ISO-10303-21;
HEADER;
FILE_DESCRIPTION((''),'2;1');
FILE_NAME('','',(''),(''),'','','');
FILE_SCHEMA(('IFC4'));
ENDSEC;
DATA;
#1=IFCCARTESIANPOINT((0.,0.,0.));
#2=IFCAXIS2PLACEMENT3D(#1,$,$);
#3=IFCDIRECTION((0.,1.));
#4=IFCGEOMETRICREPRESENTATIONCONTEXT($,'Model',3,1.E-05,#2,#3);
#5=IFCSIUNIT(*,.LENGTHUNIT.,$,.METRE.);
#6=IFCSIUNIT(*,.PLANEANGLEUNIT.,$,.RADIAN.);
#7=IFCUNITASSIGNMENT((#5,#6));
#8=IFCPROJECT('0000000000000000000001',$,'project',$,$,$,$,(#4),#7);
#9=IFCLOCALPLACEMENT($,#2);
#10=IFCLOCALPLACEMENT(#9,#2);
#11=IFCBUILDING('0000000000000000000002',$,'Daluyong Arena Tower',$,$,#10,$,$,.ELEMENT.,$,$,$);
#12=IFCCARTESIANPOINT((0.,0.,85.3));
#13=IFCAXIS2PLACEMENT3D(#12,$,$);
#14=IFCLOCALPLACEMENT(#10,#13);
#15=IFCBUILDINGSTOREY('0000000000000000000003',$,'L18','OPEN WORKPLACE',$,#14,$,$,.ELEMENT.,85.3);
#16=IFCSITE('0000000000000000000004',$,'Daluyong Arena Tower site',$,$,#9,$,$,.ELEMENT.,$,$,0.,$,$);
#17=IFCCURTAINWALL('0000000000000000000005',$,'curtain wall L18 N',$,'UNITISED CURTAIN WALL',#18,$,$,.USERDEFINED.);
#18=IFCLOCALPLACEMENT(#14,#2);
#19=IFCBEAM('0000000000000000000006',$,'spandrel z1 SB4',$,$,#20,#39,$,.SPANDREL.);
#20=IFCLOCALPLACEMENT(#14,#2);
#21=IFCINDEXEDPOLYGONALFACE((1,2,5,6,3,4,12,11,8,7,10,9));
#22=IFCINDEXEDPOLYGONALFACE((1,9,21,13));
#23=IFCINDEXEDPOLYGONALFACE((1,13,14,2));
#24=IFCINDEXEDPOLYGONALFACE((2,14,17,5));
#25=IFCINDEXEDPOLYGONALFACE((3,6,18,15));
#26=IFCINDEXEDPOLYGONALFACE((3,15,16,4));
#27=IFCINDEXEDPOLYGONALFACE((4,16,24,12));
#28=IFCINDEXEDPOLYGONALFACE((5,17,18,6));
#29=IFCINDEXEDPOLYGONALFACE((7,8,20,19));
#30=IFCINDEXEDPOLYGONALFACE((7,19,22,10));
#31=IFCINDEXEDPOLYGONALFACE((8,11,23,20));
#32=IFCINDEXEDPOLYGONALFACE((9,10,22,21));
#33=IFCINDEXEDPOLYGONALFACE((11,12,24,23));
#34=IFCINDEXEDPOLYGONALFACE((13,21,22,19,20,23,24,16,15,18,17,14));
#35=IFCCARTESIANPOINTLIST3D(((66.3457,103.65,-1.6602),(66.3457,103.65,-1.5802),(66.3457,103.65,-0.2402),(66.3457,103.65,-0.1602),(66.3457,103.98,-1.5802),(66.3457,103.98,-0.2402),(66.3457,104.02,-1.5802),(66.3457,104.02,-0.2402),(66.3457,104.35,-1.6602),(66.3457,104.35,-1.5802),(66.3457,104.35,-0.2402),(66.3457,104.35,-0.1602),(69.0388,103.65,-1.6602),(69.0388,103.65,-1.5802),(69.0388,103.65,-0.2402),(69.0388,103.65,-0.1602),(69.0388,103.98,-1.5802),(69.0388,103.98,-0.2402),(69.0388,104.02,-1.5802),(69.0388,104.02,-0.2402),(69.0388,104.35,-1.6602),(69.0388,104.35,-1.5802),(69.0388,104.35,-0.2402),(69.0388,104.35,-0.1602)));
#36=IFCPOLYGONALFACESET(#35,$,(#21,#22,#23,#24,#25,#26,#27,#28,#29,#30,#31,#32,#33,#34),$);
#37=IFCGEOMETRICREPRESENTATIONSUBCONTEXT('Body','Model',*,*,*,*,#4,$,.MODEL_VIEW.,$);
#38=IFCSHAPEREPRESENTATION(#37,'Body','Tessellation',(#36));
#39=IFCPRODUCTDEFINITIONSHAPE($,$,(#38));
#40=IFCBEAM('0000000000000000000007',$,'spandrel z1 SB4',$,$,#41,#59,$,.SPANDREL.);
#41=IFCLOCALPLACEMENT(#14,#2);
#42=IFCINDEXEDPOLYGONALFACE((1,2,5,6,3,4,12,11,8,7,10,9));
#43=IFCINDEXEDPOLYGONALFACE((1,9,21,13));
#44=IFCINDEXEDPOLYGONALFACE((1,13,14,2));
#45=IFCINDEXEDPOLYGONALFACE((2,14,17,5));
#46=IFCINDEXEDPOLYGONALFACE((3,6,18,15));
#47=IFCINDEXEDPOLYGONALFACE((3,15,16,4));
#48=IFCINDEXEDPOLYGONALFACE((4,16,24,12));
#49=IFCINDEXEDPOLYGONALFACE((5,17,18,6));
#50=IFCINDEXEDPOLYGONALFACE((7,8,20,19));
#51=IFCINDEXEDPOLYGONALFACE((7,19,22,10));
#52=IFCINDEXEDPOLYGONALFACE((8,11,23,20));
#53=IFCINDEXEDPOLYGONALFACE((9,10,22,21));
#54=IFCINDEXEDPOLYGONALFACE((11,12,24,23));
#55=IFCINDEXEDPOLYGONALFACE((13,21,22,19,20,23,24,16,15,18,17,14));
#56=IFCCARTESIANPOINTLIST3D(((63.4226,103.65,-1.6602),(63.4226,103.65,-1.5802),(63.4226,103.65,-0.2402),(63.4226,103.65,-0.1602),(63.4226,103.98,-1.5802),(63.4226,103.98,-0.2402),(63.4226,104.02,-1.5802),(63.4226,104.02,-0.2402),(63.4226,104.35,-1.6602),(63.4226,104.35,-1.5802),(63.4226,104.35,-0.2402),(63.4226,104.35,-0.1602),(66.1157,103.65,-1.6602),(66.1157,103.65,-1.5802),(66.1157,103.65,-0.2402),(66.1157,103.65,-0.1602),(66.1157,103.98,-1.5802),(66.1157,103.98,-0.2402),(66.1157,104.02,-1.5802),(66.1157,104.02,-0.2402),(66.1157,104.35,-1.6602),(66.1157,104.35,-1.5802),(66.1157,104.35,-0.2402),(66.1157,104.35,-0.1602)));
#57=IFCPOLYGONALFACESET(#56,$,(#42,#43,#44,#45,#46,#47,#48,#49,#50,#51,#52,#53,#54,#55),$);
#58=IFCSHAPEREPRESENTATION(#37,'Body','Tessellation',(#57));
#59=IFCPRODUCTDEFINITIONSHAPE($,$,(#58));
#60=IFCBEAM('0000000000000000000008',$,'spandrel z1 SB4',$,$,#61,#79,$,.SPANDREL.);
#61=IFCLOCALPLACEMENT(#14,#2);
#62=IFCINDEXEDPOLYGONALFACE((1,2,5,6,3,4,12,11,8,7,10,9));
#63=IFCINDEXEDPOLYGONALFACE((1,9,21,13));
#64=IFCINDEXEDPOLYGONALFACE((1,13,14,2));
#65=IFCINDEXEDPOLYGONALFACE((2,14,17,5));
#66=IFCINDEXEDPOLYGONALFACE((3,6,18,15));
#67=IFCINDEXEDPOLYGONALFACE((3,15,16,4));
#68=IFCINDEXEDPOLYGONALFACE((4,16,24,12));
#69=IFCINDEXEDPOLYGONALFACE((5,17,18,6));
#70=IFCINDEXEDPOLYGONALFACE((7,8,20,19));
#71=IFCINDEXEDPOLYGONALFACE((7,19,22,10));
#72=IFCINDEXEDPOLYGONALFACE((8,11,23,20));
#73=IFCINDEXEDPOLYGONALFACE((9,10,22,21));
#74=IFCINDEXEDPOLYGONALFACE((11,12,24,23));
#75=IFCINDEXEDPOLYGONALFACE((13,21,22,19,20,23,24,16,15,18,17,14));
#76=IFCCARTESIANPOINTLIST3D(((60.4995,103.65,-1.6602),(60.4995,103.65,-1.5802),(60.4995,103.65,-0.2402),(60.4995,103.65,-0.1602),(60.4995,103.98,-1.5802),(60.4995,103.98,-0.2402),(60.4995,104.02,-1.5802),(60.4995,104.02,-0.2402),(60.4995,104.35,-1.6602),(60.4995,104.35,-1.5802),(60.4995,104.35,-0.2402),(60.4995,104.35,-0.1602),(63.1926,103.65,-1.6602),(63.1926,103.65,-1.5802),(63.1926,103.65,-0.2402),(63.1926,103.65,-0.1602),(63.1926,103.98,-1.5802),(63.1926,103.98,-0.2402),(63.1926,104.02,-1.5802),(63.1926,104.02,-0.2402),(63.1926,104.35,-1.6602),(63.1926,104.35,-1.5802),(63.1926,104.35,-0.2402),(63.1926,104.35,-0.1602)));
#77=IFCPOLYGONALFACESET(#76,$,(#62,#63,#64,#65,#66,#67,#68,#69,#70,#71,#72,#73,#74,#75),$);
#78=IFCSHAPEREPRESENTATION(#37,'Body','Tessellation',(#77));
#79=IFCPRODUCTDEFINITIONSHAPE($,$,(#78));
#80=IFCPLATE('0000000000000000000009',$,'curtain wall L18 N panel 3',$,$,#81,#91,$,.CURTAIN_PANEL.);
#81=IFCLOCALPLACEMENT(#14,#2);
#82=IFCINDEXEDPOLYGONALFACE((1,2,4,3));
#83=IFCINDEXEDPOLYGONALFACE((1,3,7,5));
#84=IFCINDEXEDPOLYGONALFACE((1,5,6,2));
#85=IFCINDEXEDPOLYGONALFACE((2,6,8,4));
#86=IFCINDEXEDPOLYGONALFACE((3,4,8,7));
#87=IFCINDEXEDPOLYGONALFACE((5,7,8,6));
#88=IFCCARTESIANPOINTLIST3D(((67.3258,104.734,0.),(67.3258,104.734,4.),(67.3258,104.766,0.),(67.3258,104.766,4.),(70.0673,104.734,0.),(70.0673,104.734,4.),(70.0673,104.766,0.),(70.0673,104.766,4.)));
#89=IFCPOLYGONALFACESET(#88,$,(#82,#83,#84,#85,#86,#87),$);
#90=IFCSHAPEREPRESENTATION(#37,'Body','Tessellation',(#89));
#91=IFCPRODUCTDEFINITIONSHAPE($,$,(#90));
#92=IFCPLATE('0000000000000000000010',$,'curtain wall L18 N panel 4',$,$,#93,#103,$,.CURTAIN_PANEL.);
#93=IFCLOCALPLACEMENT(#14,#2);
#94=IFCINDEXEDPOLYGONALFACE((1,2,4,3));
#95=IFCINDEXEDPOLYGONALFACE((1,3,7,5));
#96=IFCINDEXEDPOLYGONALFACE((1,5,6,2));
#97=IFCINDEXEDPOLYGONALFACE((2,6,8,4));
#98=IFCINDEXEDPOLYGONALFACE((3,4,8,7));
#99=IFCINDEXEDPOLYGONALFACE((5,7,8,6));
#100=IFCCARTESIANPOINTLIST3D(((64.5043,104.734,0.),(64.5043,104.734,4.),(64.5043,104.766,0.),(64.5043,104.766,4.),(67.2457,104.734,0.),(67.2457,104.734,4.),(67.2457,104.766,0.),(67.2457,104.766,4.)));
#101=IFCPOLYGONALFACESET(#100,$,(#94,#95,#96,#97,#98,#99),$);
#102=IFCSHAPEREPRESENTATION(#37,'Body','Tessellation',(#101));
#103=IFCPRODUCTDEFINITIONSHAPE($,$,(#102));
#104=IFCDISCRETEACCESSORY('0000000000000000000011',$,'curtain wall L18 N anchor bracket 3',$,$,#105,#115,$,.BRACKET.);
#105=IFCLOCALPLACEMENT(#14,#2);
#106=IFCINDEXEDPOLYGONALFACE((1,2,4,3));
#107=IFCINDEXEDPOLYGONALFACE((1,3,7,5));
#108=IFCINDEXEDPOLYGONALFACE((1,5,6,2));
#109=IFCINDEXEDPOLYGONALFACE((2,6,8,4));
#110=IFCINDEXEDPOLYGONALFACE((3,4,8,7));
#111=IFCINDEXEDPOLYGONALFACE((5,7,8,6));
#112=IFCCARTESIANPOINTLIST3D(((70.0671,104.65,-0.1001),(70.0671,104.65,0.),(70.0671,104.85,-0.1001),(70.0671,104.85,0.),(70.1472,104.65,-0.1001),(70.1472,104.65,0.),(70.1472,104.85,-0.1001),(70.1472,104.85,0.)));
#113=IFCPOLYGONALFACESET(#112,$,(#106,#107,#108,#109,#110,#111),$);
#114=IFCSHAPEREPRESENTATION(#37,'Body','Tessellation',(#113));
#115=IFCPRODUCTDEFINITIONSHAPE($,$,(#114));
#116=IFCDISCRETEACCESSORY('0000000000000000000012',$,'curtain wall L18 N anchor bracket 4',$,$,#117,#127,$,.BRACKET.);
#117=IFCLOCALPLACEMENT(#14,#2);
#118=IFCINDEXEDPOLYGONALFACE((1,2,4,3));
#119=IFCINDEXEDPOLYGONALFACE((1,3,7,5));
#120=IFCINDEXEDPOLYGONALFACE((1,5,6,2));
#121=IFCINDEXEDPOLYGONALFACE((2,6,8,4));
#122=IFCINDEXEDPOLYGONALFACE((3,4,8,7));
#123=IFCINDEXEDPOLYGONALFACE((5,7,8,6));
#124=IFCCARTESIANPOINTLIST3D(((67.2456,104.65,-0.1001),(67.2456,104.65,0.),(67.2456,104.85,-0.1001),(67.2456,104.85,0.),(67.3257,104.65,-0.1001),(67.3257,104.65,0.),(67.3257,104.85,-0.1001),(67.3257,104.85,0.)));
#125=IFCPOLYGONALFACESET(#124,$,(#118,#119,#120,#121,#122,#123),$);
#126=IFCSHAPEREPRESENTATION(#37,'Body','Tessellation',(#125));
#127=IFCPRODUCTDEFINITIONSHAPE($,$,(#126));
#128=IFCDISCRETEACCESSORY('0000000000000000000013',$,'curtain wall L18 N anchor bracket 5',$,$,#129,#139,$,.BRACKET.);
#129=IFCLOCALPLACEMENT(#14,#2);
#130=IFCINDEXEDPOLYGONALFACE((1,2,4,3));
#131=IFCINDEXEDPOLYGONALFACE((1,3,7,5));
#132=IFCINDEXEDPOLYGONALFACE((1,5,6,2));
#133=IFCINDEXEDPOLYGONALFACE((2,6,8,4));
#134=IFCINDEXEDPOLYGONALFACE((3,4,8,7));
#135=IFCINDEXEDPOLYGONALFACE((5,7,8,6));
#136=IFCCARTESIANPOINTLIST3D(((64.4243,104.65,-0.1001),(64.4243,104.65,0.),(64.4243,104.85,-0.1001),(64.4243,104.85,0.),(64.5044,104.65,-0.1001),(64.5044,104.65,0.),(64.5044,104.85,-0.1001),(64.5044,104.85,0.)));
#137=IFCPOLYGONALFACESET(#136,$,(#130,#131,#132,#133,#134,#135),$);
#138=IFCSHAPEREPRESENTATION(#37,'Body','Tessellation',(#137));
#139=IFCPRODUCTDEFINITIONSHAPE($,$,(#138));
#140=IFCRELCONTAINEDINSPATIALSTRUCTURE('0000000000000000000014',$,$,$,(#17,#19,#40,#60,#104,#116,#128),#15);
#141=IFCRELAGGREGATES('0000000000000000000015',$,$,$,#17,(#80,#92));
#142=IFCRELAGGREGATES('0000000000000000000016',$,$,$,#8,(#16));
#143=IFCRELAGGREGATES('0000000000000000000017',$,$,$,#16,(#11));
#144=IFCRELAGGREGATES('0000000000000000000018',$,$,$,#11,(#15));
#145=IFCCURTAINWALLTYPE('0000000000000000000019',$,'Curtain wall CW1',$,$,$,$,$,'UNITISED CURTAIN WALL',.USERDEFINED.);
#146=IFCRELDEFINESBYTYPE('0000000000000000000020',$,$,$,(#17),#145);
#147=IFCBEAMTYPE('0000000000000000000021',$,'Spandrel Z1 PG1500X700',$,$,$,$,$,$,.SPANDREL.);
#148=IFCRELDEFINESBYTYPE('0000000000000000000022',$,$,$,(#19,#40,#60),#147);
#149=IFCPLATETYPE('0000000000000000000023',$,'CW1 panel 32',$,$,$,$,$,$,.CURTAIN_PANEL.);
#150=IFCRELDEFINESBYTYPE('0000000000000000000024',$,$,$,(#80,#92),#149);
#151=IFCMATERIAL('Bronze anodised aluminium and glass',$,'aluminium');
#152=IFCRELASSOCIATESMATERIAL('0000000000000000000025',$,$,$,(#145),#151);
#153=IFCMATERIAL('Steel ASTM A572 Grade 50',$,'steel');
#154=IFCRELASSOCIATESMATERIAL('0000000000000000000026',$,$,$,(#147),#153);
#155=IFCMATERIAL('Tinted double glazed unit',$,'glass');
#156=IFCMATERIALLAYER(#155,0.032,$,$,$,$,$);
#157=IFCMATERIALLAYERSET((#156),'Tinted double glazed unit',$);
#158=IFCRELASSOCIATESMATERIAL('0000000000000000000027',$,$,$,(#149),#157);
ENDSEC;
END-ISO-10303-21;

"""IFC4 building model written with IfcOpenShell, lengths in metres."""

from ifc_helpers import new_model, si_unit, direction, frame, origin, origin_2d, place, context, subcontext, project, spatial, rectangle, i_section, extrude, material, layer, layer_set, material_profile, profile_set, type_object, element, aggregate, save


model = new_model("IFC4")

# Units and contexts
model_context = context("Model", 3, precision=1e-05, world=origin(), true_north=direction((0.0, 1.0)))
body_context = subcontext(model_context, "Body", "Model", "MODEL_VIEW")
ifc_project = project(units=[si_unit("LENGTHUNIT", "METRE"), si_unit("PLANEANGLEUNIT", "RADIAN")], contexts=[model_context])

# Site, building, storey
site_placement = place(None, origin())
site = spatial("IfcSite", under=ifc_project, at=site_placement, Name="Daluyong Arena Tower site", CompositionType="ELEMENT", RefElevation=0.0)
building_placement = place(site_placement, origin())
building = spatial("IfcBuilding", under=site, at=building_placement, Name="Daluyong Arena Tower", CompositionType="ELEMENT")
storey_placement = place(building_placement, frame((0.0, 0.0, 85.3)))
storey = spatial("IfcBuildingStorey", under=building, at=storey_placement, Name="L18", Description="OPEN WORKPLACE", CompositionType="ELEMENT", Elevation=85.3)

# Curtain wall
ifc_material_1 = material(Name="Bronze anodised aluminium and glass", Category="aluminium")
curtain_wall_type = type_object("IfcCurtainWallType", Name="Curtain wall CW1", ElementType="UNITISED CURTAIN WALL", PredefinedType="USERDEFINED", material=ifc_material_1)
curtain_wall_placement = place(storey_placement, origin())
curtain_wall = element("IfcCurtainWall", 1, at=curtain_wall_placement, inside=storey, type_object=curtain_wall_type, Name="curtain wall L18 N", ObjectType="UNITISED CURTAIN WALL", PredefinedType="USERDEFINED")

# Beams
ifc_material_2 = material(Name="Steel ASTM A572 Grade 50", Category="steel")
ifc_material_profile_1 = material_profile(ifc_material_2, i_section(OverallWidth=0.7, OverallDepth=1.5, WebThickness=0.04, FlangeThickness=0.08, at=origin_2d()))
ifc_profile_set_1 = profile_set([ifc_material_profile_1], Name="Steel ASTM A572 Grade 50")
beam_type_1 = type_object("IfcBeamType", Name="Spandrel Z1 PG1500X700", PredefinedType="SPANDREL", material=ifc_profile_set_1)
for number, where, z_axis, x_axis, name in (
    (2, (69.0388, 104.0, -0.9102), (-1.0, 0.0, 0.0), (0.0, -1.0, 0.0), "spandrel z1 SB4"),
    (3, (66.1157, 104.0, -0.9102), (-1.0, 0.0, 0.0), (0.0, -1.0, 0.0), "spandrel z1 SB4"),
    (4, (63.1926, 104.0, -0.9102), (-1.0, 0.0, 0.0), (0.0, -1.0, 0.0), "spandrel z1 SB4"),
):
    element("IfcBeam", number, at=place(storey_placement, frame(where, z_axis=z_axis, x_axis=x_axis)), inside=storey, type_object=beam_type_1, Name=name, PredefinedType="SPANDREL", context=body_context, shape_type="SweptSolid", body=[
        extrude(i_section(OverallWidth=0.7, OverallDepth=1.5, WebThickness=0.04, FlangeThickness=0.08, at=origin_2d()), origin(), (0.0, 0.0, 1.0), 2.6931),
    ])

# Plates
ifc_material_3 = material(Name="Tinted double glazed unit", Category="glass")
ifc_layer = layer(ifc_material_3, 0.032)
ifc_layer_set = layer_set([ifc_layer], Name="Tinted double glazed unit")
plate_type = type_object("IfcPlateType", Name="CW1 panel 32", PredefinedType="CURTAIN_PANEL", material=ifc_layer_set)
plate_1_placement = place(storey_placement, frame((68.6965, 104.75, 0.0), z_axis=(0.0, 0.0, 1.0), x_axis=(-1.0, 0.0, 0.0)))
plate_1 = element("IfcPlate", 5, at=plate_1_placement, type_object=plate_type, Name="curtain wall L18 N panel 3", PredefinedType="CURTAIN_PANEL", context=body_context, shape_type="SweptSolid", body=[
    extrude(rectangle(XDim=2.7415, YDim=0.032, at=origin_2d()), origin(), (0.0, 0.0, 1.0), 4.0),
])
plate_2_placement = place(storey_placement, frame((65.875, 104.75, 0.0), z_axis=(0.0, 0.0, 1.0), x_axis=(-1.0, 0.0, 0.0)))
plate_2 = element("IfcPlate", 6, at=plate_2_placement, type_object=plate_type, Name="curtain wall L18 N panel 4", PredefinedType="CURTAIN_PANEL", context=body_context, shape_type="SweptSolid", body=[
    extrude(rectangle(XDim=2.7415, YDim=0.032, at=origin_2d()), origin(), (0.0, 0.0, 1.0), 4.0),
])
aggregate(curtain_wall, [plate_1, plate_2])

# Discrete accessories
for number, where, z_axis, x_axis, name in (
    (7, (70.1072, 104.75, -0.1001), (0.0, 0.0, 1.0), (-1.0, 0.0, 0.0), "curtain wall L18 N anchor bracket 3"),
    (8, (67.2856, 104.75, -0.1001), (0.0, 0.0, 1.0), (-1.0, 0.0, 0.0), "curtain wall L18 N anchor bracket 4"),
    (9, (64.4644, 104.75, -0.1001), (0.0, 0.0, 1.0), (-1.0, 0.0, 0.0), "curtain wall L18 N anchor bracket 5"),
):
    element("IfcDiscreteAccessory", number, at=place(storey_placement, frame(where, z_axis=z_axis, x_axis=x_axis)), inside=storey, Name=name, PredefinedType="BRACKET", context=body_context, shape_type="SweptSolid", body=[
        extrude(rectangle(XDim=0.0801, YDim=0.2, at=origin_2d()), origin(), (0.0, 0.0, 1.0), 0.1001),
    ])

save(model, "model.ifc")
